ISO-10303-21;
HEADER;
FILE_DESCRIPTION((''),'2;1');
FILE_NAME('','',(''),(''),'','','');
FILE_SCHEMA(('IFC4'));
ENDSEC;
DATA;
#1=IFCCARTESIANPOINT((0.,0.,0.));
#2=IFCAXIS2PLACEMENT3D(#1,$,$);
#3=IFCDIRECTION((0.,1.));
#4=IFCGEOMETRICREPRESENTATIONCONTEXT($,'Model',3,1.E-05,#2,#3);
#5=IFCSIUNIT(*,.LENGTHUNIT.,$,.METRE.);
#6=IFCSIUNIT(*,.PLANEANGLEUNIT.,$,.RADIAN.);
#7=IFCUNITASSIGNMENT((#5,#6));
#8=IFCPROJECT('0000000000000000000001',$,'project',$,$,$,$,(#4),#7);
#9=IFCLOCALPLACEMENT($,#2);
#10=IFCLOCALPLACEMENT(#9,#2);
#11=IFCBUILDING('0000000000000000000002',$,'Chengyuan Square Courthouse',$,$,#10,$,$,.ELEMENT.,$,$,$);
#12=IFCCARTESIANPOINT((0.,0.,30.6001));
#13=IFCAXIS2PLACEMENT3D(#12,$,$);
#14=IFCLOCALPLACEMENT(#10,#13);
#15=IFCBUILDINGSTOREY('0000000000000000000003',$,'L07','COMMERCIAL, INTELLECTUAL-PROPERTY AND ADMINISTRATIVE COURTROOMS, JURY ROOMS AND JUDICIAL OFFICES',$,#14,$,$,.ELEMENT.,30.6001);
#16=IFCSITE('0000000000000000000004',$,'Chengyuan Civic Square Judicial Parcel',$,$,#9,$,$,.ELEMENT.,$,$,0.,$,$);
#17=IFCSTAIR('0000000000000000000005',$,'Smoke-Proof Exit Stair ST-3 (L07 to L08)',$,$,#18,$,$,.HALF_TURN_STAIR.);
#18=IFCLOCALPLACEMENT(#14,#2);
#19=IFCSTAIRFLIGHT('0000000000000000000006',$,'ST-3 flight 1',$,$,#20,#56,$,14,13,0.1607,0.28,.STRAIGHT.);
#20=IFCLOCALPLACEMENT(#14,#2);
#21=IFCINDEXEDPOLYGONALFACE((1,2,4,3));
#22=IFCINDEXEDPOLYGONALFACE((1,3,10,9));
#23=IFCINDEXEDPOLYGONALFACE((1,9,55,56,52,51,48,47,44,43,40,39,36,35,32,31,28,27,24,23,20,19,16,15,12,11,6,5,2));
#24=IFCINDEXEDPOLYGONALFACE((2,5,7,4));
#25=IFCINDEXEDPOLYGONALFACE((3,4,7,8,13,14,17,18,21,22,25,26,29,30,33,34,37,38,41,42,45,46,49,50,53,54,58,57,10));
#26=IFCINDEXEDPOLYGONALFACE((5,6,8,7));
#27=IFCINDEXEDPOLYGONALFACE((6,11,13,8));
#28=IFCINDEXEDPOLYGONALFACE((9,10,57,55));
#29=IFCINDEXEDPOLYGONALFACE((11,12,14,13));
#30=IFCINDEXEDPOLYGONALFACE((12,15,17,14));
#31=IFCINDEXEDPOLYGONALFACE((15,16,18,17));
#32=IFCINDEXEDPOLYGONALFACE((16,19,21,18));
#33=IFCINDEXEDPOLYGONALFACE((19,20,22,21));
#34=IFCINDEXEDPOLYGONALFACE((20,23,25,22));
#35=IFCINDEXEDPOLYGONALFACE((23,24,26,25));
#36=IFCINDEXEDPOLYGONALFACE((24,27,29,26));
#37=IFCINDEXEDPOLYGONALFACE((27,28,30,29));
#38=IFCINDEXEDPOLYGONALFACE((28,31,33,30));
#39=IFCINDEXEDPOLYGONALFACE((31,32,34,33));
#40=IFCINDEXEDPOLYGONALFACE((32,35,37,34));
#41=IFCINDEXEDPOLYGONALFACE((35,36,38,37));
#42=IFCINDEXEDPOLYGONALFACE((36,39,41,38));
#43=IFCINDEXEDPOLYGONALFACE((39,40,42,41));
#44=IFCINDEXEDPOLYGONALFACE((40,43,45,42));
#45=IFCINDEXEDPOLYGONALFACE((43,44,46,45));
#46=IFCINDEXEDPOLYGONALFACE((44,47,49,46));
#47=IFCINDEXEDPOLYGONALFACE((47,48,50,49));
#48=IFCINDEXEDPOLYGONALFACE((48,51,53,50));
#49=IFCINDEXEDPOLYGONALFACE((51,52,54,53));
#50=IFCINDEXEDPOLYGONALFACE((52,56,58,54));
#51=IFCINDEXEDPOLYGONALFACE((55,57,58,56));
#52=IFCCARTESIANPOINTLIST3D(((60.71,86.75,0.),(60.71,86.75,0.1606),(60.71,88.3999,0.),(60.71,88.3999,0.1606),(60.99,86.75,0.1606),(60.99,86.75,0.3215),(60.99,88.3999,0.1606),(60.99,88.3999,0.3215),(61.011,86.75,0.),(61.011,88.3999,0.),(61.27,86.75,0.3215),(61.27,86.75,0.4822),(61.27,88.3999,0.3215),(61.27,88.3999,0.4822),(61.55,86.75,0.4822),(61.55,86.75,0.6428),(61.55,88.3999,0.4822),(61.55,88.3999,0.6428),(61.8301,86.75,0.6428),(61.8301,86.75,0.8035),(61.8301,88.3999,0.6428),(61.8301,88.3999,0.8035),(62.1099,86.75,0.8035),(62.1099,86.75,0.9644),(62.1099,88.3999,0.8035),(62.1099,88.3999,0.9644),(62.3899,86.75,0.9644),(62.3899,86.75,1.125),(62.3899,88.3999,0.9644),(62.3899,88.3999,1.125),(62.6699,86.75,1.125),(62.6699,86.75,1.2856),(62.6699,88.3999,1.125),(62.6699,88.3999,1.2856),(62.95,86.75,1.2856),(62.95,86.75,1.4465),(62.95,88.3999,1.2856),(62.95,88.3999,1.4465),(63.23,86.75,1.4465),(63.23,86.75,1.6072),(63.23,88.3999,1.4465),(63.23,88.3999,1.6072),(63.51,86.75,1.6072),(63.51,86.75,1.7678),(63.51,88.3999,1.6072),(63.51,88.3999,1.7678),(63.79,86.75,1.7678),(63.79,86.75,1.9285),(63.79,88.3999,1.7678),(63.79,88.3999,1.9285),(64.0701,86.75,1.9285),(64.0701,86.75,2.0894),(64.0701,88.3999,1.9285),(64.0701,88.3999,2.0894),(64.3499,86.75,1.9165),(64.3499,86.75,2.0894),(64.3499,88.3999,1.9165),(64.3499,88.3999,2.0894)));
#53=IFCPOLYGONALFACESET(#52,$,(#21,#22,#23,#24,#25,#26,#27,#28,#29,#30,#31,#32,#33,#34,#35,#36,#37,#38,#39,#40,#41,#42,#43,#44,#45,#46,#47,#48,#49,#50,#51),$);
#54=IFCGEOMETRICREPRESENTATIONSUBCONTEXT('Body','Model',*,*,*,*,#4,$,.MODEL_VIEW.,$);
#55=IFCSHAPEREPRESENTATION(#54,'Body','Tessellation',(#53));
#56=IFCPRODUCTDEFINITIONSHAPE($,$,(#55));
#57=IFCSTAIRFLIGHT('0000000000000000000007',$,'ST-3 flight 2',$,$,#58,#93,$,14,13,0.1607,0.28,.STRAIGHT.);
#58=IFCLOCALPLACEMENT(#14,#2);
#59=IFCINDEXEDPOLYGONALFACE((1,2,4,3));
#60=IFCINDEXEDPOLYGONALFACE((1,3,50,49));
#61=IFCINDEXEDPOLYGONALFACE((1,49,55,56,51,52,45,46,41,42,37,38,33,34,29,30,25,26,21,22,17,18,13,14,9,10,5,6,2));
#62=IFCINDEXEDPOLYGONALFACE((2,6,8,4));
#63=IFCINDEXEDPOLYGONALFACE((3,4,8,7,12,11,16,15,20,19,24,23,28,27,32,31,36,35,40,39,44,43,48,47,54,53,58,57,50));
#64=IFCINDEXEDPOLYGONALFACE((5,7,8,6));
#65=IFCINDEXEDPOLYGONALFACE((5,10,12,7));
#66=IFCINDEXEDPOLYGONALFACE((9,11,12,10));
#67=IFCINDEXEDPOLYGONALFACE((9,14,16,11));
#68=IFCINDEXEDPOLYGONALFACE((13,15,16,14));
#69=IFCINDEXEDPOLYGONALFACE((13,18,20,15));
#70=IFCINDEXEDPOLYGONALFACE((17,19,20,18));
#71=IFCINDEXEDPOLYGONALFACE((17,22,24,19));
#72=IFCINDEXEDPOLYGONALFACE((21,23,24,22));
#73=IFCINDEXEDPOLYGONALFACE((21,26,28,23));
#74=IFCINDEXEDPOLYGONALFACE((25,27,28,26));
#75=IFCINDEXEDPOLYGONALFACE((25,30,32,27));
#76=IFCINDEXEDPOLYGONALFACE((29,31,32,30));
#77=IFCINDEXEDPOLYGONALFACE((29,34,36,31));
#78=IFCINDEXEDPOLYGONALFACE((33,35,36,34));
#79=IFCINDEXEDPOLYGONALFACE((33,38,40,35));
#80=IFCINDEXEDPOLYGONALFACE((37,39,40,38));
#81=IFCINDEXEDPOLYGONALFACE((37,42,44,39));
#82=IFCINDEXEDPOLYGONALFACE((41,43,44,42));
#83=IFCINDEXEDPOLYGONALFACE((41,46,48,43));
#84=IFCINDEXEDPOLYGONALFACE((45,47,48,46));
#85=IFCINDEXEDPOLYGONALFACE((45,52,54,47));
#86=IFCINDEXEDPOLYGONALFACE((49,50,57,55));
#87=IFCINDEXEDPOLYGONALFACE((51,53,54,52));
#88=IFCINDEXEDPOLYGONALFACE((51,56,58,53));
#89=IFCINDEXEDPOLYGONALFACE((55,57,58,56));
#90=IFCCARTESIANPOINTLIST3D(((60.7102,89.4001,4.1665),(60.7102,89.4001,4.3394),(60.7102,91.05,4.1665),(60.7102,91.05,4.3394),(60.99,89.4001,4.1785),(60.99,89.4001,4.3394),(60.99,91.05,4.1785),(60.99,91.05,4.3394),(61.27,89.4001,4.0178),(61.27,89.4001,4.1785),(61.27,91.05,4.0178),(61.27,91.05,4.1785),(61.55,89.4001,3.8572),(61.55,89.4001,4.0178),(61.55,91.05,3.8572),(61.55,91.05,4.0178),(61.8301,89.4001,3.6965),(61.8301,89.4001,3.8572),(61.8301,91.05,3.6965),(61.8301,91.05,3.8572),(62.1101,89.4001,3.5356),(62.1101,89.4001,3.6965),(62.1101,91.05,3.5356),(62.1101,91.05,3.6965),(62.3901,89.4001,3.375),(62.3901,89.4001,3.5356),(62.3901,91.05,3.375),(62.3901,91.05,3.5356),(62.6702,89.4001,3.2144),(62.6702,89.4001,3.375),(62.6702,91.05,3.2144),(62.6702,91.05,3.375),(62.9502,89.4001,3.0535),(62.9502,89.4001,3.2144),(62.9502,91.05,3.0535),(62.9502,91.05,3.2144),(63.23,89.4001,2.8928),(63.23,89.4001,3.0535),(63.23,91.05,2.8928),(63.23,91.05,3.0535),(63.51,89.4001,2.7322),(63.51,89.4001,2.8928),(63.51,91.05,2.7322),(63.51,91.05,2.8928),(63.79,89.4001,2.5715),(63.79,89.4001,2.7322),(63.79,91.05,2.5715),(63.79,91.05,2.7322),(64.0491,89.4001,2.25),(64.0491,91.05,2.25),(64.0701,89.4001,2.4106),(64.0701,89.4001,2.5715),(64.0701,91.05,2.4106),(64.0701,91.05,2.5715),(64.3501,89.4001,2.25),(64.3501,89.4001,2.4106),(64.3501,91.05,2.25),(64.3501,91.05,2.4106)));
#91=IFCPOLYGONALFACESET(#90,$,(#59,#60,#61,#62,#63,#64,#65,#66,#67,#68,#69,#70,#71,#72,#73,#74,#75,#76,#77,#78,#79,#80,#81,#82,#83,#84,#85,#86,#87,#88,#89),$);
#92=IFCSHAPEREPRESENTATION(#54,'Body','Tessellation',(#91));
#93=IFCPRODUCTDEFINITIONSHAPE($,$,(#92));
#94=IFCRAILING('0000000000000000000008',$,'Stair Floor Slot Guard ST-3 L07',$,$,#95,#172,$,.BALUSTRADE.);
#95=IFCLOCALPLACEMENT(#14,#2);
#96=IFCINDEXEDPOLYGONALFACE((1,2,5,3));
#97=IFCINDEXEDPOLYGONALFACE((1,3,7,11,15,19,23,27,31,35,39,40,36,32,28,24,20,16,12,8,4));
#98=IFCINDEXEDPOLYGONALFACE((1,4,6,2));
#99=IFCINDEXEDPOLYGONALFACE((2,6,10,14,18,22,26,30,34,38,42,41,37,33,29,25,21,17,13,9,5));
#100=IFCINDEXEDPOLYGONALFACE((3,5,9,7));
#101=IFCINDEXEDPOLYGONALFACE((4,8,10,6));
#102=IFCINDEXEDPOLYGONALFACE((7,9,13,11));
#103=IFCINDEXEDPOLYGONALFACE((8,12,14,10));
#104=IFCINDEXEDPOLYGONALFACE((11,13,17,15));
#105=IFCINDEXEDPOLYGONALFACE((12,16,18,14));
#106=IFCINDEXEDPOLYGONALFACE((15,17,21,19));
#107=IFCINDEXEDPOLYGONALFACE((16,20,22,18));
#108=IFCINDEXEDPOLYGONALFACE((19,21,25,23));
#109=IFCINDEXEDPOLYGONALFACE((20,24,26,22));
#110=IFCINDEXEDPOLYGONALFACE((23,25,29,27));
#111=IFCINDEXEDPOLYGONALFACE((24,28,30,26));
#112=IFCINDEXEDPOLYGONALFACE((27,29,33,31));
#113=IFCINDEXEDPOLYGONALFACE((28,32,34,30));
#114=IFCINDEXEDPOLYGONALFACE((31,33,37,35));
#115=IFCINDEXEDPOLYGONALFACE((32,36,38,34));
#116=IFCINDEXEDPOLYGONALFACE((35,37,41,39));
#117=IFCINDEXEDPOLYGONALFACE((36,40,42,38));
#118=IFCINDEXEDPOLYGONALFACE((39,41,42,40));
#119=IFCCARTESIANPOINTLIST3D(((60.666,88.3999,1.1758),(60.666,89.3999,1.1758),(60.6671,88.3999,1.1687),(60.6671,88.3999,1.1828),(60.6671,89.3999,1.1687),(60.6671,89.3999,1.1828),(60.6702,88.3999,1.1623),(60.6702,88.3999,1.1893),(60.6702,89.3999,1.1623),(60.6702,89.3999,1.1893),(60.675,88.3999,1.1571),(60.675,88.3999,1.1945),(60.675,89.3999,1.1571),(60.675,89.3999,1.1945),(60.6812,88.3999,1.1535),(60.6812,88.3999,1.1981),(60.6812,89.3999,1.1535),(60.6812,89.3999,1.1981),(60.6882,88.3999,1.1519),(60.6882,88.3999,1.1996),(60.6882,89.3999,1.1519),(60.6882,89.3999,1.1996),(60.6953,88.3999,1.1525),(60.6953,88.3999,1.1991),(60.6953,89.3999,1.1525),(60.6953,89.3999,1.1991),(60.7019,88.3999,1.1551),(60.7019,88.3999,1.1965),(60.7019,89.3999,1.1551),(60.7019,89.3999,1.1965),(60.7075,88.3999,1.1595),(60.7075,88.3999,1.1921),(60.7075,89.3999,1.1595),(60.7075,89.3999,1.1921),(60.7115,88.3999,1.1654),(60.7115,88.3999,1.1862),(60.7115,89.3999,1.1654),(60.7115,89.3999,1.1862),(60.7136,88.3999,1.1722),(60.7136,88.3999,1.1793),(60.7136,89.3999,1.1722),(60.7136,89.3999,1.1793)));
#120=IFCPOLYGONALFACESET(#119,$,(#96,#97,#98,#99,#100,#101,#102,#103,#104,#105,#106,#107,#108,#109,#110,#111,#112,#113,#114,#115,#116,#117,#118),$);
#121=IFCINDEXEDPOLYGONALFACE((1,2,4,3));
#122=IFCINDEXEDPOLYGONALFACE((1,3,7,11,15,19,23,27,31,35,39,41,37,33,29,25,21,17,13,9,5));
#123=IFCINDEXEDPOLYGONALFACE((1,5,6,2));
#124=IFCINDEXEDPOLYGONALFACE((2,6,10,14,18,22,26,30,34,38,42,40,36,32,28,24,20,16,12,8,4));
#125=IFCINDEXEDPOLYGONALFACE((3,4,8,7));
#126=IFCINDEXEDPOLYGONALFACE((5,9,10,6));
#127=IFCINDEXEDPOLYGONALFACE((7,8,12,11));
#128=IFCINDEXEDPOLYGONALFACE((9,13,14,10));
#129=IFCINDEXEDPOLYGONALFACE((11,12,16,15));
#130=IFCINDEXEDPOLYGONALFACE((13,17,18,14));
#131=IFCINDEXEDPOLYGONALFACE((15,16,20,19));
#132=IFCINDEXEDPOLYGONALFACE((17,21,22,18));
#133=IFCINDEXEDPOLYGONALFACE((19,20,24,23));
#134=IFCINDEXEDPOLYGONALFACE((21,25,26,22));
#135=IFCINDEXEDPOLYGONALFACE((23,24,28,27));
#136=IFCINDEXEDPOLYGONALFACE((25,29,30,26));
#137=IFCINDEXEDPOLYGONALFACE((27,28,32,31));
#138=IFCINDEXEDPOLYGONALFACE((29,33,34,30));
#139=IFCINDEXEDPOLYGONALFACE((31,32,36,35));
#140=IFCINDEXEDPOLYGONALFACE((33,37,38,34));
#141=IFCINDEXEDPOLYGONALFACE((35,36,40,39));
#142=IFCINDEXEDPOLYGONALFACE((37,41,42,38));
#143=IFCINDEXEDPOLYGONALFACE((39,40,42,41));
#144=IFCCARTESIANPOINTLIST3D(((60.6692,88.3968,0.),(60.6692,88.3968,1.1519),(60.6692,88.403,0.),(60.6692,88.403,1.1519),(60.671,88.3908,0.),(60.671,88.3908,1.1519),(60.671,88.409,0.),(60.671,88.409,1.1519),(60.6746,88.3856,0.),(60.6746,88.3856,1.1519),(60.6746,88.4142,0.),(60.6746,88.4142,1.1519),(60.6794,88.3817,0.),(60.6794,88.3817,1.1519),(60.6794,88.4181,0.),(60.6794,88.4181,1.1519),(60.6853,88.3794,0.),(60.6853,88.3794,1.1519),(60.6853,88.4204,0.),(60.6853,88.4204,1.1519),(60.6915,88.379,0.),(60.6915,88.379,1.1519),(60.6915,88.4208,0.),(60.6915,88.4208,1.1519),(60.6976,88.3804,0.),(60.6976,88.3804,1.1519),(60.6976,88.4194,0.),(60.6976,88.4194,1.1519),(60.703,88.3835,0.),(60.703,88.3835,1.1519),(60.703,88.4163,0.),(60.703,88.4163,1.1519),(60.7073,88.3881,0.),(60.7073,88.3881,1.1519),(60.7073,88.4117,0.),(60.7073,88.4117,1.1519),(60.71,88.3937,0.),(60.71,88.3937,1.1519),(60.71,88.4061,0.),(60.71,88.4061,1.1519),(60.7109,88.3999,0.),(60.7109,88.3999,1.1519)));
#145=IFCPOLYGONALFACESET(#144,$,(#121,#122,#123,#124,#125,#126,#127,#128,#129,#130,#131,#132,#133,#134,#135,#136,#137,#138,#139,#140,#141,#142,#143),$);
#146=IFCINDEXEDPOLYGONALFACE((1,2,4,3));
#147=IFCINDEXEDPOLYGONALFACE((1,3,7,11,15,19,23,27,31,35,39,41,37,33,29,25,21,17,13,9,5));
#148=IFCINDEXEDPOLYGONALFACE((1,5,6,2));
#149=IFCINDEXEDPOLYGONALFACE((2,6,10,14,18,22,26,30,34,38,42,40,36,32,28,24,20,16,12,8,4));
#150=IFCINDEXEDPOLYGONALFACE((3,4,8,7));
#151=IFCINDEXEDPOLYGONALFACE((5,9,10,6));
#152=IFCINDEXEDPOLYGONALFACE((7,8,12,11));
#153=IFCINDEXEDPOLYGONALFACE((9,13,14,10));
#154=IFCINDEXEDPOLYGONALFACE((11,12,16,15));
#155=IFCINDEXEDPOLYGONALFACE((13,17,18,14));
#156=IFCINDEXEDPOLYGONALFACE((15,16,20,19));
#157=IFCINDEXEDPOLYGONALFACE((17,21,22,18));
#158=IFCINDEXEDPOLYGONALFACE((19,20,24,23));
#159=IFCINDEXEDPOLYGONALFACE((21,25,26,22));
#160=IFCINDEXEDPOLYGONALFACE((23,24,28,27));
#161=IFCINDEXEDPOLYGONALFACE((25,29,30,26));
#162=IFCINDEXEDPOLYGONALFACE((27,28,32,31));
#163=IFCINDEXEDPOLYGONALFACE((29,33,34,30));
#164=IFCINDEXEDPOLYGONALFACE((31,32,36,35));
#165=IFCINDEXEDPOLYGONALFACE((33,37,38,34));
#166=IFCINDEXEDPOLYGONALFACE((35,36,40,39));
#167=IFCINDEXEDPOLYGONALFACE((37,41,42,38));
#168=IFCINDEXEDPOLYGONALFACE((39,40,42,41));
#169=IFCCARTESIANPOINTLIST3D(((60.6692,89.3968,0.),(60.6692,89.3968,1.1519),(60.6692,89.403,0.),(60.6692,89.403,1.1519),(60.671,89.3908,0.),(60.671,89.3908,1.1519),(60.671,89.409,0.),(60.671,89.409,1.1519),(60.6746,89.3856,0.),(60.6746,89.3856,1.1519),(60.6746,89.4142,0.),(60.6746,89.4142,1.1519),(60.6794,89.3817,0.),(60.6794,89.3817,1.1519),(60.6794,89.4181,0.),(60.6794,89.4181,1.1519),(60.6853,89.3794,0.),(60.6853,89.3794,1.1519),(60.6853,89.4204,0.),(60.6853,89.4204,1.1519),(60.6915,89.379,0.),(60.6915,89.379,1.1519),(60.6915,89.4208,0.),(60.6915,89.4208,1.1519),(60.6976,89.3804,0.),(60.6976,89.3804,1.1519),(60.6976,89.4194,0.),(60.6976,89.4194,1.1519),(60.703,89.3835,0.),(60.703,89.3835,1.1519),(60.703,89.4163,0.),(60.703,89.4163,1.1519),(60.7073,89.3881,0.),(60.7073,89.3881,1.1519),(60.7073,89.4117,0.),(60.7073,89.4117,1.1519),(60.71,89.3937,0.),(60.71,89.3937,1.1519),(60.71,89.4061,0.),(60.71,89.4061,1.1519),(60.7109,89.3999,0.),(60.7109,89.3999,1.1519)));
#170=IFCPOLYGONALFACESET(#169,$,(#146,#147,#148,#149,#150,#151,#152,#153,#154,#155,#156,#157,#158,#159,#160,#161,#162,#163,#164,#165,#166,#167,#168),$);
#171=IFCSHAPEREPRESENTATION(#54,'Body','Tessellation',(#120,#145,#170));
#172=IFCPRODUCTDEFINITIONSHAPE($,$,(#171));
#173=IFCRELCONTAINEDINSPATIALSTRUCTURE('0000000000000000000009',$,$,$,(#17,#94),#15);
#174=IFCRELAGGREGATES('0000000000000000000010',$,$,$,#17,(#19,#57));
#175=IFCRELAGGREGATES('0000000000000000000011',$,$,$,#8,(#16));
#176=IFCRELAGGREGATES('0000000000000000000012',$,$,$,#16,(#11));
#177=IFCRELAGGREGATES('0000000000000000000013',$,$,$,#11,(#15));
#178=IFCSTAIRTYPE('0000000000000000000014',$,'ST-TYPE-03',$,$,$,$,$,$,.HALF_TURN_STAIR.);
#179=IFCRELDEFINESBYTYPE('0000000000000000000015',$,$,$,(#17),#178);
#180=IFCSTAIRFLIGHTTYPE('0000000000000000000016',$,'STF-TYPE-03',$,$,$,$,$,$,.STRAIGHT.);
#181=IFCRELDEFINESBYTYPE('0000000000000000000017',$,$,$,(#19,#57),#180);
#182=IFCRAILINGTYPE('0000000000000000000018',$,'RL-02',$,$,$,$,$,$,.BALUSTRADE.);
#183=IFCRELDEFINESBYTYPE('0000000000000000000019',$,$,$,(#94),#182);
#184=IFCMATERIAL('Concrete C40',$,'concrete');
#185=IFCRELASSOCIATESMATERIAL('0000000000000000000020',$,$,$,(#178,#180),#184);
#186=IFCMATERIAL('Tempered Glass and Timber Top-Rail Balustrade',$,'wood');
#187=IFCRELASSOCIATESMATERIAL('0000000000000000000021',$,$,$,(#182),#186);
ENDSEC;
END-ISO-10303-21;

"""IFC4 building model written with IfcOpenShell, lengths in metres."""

from ifc_helpers import new_model, si_unit, direction, frame, origin, origin_2d, place, context, subcontext, project, spatial, polyline, circle, outline, extrude, material, type_object, element, aggregate, save


model = new_model("IFC4")

# Units and contexts
model_context = context("Model", 3, precision=1e-05, world=origin(), true_north=direction((0.0, 1.0)))
body_context = subcontext(model_context, "Body", "Model", "MODEL_VIEW")
ifc_project = project(units=[si_unit("LENGTHUNIT", "METRE"), si_unit("PLANEANGLEUNIT", "RADIAN")], contexts=[model_context])

# Site, building, storey
site_placement = place(None, origin())
site = spatial("IfcSite", under=ifc_project, at=site_placement, Name="Chengyuan Civic Square Judicial Parcel", CompositionType="ELEMENT", RefElevation=0.0)
building_placement = place(site_placement, origin())
building = spatial("IfcBuilding", under=site, at=building_placement, Name="Chengyuan Square Courthouse", CompositionType="ELEMENT")
storey_placement = place(building_placement, frame((0.0, 0.0, 30.6001)))
storey = spatial("IfcBuildingStorey", under=building, at=storey_placement, Name="L07", Description="COMMERCIAL, INTELLECTUAL-PROPERTY AND ADMINISTRATIVE COURTROOMS, JURY ROOMS AND JUDICIAL OFFICES", CompositionType="ELEMENT", Elevation=30.6001)

# Shared definitions
ifc_material_1 = material(Name="Concrete C40", Category="concrete")

# Stair, stair flights
stair_type = type_object("IfcStairType", Name="ST-TYPE-03", PredefinedType="HALF_TURN_STAIR", material=ifc_material_1)
stair_placement = place(storey_placement, origin())
stair = element("IfcStair", 1, at=stair_placement, inside=storey, type_object=stair_type, Name="Smoke-Proof Exit Stair ST-3 (L07 to L08)", PredefinedType="HALF_TURN_STAIR")
stair_flight_type = type_object("IfcStairFlightType", Name="STF-TYPE-03", PredefinedType="STRAIGHT", material=ifc_material_1)
stair_flight_1_placement = place(storey_placement, frame((60.71, 87.575, 0.0), z_axis=(0.0, 0.0, 1.0), x_axis=(1.0, 0.0, 0.0)))
stair_flight_1 = element("IfcStairFlight", 2, at=stair_flight_1_placement, type_object=stair_flight_type, Name="ST-3 flight 1", NumberOfRisers=14, NumberOfTreads=13, PredefinedType="STRAIGHT", RiserHeight=0.1607, TreadLength=0.28, context=body_context, shape_type="SweptSolid", body=[
    extrude(outline(polyline([(0.0, 0.0), (0.0, 0.1606), (0.28, 0.1606), (0.28, 0.3215), (0.5601, 0.3215), (0.5601, 0.4822), (0.8401, 0.4822), (0.8401, 0.6428), (1.1201, 0.6428), (1.1201, 0.8035), (1.3999, 0.8035), (1.3999, 0.9644), (1.6799, 0.9644), (1.6799, 1.125), (1.96, 1.125), (1.96, 1.2856), (2.24, 1.2856), (2.24, 1.4465), (2.52, 1.4465), (2.52, 1.6072), (2.8, 1.6072), (2.8, 1.7678), (3.0801, 1.7678), (3.0801, 1.9285), (3.3601, 1.9285), (3.3601, 2.0894), (3.6399, 2.0894), (3.6399, 2.25), (3.6399, 1.9165), (0.301, 0.0), (0.0, 0.0)])), frame((0.0, 0.825, 0.0), z_axis=(0.0, -1.0, 0.0), x_axis=(1.0, 0.0, 0.0)), (0.0, 0.0, 1.0), 1.6499),
])
stair_flight_2_placement = place(storey_placement, frame((64.3501, 90.2251, 2.25), z_axis=(0.0, 0.0, 1.0), x_axis=(-1.0, 0.0, 0.0)))
stair_flight_2 = element("IfcStairFlight", 3, at=stair_flight_2_placement, type_object=stair_flight_type, Name="ST-3 flight 2", NumberOfRisers=14, NumberOfTreads=13, PredefinedType="STRAIGHT", RiserHeight=0.1607, TreadLength=0.28, context=body_context, shape_type="SweptSolid", body=[
    extrude(outline(polyline([(0.0, 0.0), (0.0, 0.1606), (0.28, 0.1606), (0.28, 0.3215), (0.5601, 0.3215), (0.5601, 0.4822), (0.8401, 0.4822), (0.8401, 0.6428), (1.1201, 0.6428), (1.1201, 0.8035), (1.3999, 0.8035), (1.3999, 0.9644), (1.6799, 0.9644), (1.6799, 1.125), (1.96, 1.125), (1.96, 1.2856), (2.24, 1.2856), (2.24, 1.4465), (2.52, 1.4465), (2.52, 1.6072), (2.8, 1.6072), (2.8, 1.7678), (3.0801, 1.7678), (3.0801, 1.9285), (3.3601, 1.9285), (3.3601, 2.0894), (3.6399, 2.0894), (3.6399, 2.25), (3.6399, 1.9165), (0.301, 0.0), (0.0, 0.0)])), frame((0.0, 0.825, 0.0), z_axis=(0.0, -1.0, 0.0), x_axis=(1.0, 0.0, 0.0)), (0.0, 0.0, 1.0), 1.6499),
])
aggregate(stair, [stair_flight_1, stair_flight_2])

# Railing
ifc_material_2 = material(Name="Tempered Glass and Timber Top-Rail Balustrade", Category="wood")
railing_type_1 = type_object("IfcRailingType", Name="RL-02", PredefinedType="BALUSTRADE", material=ifc_material_2)
for number, where, name in (
    (4, (60.6899, 88.3999, 0.0), "Stair Floor Slot Guard ST-3 L07"),
):
    element("IfcRailing", number, at=place(storey_placement, frame(where)), inside=storey, type_object=railing_type_1, Name=name, PredefinedType="BALUSTRADE", context=body_context, shape_type="SweptSolid", body=[
        extrude(circle(Radius=0.0239, at=origin_2d()), frame((0.0, 0.0, 1.1758), z_axis=(0.0, 1.0, 0.0), x_axis=(-1.0, 0.0, 0.0)), (0.0, 0.0, 1.0), 1.0),
        extrude(circle(Radius=0.021, at=origin_2d()), origin(), (0.0, 0.0, 1.0), 1.1519),
        extrude(circle(Radius=0.021, at=origin_2d()), frame((0.0, 1.0, 0.0)), (0.0, 0.0, 1.0), 1.1519),
    ])

save(model, "model.ifc")
